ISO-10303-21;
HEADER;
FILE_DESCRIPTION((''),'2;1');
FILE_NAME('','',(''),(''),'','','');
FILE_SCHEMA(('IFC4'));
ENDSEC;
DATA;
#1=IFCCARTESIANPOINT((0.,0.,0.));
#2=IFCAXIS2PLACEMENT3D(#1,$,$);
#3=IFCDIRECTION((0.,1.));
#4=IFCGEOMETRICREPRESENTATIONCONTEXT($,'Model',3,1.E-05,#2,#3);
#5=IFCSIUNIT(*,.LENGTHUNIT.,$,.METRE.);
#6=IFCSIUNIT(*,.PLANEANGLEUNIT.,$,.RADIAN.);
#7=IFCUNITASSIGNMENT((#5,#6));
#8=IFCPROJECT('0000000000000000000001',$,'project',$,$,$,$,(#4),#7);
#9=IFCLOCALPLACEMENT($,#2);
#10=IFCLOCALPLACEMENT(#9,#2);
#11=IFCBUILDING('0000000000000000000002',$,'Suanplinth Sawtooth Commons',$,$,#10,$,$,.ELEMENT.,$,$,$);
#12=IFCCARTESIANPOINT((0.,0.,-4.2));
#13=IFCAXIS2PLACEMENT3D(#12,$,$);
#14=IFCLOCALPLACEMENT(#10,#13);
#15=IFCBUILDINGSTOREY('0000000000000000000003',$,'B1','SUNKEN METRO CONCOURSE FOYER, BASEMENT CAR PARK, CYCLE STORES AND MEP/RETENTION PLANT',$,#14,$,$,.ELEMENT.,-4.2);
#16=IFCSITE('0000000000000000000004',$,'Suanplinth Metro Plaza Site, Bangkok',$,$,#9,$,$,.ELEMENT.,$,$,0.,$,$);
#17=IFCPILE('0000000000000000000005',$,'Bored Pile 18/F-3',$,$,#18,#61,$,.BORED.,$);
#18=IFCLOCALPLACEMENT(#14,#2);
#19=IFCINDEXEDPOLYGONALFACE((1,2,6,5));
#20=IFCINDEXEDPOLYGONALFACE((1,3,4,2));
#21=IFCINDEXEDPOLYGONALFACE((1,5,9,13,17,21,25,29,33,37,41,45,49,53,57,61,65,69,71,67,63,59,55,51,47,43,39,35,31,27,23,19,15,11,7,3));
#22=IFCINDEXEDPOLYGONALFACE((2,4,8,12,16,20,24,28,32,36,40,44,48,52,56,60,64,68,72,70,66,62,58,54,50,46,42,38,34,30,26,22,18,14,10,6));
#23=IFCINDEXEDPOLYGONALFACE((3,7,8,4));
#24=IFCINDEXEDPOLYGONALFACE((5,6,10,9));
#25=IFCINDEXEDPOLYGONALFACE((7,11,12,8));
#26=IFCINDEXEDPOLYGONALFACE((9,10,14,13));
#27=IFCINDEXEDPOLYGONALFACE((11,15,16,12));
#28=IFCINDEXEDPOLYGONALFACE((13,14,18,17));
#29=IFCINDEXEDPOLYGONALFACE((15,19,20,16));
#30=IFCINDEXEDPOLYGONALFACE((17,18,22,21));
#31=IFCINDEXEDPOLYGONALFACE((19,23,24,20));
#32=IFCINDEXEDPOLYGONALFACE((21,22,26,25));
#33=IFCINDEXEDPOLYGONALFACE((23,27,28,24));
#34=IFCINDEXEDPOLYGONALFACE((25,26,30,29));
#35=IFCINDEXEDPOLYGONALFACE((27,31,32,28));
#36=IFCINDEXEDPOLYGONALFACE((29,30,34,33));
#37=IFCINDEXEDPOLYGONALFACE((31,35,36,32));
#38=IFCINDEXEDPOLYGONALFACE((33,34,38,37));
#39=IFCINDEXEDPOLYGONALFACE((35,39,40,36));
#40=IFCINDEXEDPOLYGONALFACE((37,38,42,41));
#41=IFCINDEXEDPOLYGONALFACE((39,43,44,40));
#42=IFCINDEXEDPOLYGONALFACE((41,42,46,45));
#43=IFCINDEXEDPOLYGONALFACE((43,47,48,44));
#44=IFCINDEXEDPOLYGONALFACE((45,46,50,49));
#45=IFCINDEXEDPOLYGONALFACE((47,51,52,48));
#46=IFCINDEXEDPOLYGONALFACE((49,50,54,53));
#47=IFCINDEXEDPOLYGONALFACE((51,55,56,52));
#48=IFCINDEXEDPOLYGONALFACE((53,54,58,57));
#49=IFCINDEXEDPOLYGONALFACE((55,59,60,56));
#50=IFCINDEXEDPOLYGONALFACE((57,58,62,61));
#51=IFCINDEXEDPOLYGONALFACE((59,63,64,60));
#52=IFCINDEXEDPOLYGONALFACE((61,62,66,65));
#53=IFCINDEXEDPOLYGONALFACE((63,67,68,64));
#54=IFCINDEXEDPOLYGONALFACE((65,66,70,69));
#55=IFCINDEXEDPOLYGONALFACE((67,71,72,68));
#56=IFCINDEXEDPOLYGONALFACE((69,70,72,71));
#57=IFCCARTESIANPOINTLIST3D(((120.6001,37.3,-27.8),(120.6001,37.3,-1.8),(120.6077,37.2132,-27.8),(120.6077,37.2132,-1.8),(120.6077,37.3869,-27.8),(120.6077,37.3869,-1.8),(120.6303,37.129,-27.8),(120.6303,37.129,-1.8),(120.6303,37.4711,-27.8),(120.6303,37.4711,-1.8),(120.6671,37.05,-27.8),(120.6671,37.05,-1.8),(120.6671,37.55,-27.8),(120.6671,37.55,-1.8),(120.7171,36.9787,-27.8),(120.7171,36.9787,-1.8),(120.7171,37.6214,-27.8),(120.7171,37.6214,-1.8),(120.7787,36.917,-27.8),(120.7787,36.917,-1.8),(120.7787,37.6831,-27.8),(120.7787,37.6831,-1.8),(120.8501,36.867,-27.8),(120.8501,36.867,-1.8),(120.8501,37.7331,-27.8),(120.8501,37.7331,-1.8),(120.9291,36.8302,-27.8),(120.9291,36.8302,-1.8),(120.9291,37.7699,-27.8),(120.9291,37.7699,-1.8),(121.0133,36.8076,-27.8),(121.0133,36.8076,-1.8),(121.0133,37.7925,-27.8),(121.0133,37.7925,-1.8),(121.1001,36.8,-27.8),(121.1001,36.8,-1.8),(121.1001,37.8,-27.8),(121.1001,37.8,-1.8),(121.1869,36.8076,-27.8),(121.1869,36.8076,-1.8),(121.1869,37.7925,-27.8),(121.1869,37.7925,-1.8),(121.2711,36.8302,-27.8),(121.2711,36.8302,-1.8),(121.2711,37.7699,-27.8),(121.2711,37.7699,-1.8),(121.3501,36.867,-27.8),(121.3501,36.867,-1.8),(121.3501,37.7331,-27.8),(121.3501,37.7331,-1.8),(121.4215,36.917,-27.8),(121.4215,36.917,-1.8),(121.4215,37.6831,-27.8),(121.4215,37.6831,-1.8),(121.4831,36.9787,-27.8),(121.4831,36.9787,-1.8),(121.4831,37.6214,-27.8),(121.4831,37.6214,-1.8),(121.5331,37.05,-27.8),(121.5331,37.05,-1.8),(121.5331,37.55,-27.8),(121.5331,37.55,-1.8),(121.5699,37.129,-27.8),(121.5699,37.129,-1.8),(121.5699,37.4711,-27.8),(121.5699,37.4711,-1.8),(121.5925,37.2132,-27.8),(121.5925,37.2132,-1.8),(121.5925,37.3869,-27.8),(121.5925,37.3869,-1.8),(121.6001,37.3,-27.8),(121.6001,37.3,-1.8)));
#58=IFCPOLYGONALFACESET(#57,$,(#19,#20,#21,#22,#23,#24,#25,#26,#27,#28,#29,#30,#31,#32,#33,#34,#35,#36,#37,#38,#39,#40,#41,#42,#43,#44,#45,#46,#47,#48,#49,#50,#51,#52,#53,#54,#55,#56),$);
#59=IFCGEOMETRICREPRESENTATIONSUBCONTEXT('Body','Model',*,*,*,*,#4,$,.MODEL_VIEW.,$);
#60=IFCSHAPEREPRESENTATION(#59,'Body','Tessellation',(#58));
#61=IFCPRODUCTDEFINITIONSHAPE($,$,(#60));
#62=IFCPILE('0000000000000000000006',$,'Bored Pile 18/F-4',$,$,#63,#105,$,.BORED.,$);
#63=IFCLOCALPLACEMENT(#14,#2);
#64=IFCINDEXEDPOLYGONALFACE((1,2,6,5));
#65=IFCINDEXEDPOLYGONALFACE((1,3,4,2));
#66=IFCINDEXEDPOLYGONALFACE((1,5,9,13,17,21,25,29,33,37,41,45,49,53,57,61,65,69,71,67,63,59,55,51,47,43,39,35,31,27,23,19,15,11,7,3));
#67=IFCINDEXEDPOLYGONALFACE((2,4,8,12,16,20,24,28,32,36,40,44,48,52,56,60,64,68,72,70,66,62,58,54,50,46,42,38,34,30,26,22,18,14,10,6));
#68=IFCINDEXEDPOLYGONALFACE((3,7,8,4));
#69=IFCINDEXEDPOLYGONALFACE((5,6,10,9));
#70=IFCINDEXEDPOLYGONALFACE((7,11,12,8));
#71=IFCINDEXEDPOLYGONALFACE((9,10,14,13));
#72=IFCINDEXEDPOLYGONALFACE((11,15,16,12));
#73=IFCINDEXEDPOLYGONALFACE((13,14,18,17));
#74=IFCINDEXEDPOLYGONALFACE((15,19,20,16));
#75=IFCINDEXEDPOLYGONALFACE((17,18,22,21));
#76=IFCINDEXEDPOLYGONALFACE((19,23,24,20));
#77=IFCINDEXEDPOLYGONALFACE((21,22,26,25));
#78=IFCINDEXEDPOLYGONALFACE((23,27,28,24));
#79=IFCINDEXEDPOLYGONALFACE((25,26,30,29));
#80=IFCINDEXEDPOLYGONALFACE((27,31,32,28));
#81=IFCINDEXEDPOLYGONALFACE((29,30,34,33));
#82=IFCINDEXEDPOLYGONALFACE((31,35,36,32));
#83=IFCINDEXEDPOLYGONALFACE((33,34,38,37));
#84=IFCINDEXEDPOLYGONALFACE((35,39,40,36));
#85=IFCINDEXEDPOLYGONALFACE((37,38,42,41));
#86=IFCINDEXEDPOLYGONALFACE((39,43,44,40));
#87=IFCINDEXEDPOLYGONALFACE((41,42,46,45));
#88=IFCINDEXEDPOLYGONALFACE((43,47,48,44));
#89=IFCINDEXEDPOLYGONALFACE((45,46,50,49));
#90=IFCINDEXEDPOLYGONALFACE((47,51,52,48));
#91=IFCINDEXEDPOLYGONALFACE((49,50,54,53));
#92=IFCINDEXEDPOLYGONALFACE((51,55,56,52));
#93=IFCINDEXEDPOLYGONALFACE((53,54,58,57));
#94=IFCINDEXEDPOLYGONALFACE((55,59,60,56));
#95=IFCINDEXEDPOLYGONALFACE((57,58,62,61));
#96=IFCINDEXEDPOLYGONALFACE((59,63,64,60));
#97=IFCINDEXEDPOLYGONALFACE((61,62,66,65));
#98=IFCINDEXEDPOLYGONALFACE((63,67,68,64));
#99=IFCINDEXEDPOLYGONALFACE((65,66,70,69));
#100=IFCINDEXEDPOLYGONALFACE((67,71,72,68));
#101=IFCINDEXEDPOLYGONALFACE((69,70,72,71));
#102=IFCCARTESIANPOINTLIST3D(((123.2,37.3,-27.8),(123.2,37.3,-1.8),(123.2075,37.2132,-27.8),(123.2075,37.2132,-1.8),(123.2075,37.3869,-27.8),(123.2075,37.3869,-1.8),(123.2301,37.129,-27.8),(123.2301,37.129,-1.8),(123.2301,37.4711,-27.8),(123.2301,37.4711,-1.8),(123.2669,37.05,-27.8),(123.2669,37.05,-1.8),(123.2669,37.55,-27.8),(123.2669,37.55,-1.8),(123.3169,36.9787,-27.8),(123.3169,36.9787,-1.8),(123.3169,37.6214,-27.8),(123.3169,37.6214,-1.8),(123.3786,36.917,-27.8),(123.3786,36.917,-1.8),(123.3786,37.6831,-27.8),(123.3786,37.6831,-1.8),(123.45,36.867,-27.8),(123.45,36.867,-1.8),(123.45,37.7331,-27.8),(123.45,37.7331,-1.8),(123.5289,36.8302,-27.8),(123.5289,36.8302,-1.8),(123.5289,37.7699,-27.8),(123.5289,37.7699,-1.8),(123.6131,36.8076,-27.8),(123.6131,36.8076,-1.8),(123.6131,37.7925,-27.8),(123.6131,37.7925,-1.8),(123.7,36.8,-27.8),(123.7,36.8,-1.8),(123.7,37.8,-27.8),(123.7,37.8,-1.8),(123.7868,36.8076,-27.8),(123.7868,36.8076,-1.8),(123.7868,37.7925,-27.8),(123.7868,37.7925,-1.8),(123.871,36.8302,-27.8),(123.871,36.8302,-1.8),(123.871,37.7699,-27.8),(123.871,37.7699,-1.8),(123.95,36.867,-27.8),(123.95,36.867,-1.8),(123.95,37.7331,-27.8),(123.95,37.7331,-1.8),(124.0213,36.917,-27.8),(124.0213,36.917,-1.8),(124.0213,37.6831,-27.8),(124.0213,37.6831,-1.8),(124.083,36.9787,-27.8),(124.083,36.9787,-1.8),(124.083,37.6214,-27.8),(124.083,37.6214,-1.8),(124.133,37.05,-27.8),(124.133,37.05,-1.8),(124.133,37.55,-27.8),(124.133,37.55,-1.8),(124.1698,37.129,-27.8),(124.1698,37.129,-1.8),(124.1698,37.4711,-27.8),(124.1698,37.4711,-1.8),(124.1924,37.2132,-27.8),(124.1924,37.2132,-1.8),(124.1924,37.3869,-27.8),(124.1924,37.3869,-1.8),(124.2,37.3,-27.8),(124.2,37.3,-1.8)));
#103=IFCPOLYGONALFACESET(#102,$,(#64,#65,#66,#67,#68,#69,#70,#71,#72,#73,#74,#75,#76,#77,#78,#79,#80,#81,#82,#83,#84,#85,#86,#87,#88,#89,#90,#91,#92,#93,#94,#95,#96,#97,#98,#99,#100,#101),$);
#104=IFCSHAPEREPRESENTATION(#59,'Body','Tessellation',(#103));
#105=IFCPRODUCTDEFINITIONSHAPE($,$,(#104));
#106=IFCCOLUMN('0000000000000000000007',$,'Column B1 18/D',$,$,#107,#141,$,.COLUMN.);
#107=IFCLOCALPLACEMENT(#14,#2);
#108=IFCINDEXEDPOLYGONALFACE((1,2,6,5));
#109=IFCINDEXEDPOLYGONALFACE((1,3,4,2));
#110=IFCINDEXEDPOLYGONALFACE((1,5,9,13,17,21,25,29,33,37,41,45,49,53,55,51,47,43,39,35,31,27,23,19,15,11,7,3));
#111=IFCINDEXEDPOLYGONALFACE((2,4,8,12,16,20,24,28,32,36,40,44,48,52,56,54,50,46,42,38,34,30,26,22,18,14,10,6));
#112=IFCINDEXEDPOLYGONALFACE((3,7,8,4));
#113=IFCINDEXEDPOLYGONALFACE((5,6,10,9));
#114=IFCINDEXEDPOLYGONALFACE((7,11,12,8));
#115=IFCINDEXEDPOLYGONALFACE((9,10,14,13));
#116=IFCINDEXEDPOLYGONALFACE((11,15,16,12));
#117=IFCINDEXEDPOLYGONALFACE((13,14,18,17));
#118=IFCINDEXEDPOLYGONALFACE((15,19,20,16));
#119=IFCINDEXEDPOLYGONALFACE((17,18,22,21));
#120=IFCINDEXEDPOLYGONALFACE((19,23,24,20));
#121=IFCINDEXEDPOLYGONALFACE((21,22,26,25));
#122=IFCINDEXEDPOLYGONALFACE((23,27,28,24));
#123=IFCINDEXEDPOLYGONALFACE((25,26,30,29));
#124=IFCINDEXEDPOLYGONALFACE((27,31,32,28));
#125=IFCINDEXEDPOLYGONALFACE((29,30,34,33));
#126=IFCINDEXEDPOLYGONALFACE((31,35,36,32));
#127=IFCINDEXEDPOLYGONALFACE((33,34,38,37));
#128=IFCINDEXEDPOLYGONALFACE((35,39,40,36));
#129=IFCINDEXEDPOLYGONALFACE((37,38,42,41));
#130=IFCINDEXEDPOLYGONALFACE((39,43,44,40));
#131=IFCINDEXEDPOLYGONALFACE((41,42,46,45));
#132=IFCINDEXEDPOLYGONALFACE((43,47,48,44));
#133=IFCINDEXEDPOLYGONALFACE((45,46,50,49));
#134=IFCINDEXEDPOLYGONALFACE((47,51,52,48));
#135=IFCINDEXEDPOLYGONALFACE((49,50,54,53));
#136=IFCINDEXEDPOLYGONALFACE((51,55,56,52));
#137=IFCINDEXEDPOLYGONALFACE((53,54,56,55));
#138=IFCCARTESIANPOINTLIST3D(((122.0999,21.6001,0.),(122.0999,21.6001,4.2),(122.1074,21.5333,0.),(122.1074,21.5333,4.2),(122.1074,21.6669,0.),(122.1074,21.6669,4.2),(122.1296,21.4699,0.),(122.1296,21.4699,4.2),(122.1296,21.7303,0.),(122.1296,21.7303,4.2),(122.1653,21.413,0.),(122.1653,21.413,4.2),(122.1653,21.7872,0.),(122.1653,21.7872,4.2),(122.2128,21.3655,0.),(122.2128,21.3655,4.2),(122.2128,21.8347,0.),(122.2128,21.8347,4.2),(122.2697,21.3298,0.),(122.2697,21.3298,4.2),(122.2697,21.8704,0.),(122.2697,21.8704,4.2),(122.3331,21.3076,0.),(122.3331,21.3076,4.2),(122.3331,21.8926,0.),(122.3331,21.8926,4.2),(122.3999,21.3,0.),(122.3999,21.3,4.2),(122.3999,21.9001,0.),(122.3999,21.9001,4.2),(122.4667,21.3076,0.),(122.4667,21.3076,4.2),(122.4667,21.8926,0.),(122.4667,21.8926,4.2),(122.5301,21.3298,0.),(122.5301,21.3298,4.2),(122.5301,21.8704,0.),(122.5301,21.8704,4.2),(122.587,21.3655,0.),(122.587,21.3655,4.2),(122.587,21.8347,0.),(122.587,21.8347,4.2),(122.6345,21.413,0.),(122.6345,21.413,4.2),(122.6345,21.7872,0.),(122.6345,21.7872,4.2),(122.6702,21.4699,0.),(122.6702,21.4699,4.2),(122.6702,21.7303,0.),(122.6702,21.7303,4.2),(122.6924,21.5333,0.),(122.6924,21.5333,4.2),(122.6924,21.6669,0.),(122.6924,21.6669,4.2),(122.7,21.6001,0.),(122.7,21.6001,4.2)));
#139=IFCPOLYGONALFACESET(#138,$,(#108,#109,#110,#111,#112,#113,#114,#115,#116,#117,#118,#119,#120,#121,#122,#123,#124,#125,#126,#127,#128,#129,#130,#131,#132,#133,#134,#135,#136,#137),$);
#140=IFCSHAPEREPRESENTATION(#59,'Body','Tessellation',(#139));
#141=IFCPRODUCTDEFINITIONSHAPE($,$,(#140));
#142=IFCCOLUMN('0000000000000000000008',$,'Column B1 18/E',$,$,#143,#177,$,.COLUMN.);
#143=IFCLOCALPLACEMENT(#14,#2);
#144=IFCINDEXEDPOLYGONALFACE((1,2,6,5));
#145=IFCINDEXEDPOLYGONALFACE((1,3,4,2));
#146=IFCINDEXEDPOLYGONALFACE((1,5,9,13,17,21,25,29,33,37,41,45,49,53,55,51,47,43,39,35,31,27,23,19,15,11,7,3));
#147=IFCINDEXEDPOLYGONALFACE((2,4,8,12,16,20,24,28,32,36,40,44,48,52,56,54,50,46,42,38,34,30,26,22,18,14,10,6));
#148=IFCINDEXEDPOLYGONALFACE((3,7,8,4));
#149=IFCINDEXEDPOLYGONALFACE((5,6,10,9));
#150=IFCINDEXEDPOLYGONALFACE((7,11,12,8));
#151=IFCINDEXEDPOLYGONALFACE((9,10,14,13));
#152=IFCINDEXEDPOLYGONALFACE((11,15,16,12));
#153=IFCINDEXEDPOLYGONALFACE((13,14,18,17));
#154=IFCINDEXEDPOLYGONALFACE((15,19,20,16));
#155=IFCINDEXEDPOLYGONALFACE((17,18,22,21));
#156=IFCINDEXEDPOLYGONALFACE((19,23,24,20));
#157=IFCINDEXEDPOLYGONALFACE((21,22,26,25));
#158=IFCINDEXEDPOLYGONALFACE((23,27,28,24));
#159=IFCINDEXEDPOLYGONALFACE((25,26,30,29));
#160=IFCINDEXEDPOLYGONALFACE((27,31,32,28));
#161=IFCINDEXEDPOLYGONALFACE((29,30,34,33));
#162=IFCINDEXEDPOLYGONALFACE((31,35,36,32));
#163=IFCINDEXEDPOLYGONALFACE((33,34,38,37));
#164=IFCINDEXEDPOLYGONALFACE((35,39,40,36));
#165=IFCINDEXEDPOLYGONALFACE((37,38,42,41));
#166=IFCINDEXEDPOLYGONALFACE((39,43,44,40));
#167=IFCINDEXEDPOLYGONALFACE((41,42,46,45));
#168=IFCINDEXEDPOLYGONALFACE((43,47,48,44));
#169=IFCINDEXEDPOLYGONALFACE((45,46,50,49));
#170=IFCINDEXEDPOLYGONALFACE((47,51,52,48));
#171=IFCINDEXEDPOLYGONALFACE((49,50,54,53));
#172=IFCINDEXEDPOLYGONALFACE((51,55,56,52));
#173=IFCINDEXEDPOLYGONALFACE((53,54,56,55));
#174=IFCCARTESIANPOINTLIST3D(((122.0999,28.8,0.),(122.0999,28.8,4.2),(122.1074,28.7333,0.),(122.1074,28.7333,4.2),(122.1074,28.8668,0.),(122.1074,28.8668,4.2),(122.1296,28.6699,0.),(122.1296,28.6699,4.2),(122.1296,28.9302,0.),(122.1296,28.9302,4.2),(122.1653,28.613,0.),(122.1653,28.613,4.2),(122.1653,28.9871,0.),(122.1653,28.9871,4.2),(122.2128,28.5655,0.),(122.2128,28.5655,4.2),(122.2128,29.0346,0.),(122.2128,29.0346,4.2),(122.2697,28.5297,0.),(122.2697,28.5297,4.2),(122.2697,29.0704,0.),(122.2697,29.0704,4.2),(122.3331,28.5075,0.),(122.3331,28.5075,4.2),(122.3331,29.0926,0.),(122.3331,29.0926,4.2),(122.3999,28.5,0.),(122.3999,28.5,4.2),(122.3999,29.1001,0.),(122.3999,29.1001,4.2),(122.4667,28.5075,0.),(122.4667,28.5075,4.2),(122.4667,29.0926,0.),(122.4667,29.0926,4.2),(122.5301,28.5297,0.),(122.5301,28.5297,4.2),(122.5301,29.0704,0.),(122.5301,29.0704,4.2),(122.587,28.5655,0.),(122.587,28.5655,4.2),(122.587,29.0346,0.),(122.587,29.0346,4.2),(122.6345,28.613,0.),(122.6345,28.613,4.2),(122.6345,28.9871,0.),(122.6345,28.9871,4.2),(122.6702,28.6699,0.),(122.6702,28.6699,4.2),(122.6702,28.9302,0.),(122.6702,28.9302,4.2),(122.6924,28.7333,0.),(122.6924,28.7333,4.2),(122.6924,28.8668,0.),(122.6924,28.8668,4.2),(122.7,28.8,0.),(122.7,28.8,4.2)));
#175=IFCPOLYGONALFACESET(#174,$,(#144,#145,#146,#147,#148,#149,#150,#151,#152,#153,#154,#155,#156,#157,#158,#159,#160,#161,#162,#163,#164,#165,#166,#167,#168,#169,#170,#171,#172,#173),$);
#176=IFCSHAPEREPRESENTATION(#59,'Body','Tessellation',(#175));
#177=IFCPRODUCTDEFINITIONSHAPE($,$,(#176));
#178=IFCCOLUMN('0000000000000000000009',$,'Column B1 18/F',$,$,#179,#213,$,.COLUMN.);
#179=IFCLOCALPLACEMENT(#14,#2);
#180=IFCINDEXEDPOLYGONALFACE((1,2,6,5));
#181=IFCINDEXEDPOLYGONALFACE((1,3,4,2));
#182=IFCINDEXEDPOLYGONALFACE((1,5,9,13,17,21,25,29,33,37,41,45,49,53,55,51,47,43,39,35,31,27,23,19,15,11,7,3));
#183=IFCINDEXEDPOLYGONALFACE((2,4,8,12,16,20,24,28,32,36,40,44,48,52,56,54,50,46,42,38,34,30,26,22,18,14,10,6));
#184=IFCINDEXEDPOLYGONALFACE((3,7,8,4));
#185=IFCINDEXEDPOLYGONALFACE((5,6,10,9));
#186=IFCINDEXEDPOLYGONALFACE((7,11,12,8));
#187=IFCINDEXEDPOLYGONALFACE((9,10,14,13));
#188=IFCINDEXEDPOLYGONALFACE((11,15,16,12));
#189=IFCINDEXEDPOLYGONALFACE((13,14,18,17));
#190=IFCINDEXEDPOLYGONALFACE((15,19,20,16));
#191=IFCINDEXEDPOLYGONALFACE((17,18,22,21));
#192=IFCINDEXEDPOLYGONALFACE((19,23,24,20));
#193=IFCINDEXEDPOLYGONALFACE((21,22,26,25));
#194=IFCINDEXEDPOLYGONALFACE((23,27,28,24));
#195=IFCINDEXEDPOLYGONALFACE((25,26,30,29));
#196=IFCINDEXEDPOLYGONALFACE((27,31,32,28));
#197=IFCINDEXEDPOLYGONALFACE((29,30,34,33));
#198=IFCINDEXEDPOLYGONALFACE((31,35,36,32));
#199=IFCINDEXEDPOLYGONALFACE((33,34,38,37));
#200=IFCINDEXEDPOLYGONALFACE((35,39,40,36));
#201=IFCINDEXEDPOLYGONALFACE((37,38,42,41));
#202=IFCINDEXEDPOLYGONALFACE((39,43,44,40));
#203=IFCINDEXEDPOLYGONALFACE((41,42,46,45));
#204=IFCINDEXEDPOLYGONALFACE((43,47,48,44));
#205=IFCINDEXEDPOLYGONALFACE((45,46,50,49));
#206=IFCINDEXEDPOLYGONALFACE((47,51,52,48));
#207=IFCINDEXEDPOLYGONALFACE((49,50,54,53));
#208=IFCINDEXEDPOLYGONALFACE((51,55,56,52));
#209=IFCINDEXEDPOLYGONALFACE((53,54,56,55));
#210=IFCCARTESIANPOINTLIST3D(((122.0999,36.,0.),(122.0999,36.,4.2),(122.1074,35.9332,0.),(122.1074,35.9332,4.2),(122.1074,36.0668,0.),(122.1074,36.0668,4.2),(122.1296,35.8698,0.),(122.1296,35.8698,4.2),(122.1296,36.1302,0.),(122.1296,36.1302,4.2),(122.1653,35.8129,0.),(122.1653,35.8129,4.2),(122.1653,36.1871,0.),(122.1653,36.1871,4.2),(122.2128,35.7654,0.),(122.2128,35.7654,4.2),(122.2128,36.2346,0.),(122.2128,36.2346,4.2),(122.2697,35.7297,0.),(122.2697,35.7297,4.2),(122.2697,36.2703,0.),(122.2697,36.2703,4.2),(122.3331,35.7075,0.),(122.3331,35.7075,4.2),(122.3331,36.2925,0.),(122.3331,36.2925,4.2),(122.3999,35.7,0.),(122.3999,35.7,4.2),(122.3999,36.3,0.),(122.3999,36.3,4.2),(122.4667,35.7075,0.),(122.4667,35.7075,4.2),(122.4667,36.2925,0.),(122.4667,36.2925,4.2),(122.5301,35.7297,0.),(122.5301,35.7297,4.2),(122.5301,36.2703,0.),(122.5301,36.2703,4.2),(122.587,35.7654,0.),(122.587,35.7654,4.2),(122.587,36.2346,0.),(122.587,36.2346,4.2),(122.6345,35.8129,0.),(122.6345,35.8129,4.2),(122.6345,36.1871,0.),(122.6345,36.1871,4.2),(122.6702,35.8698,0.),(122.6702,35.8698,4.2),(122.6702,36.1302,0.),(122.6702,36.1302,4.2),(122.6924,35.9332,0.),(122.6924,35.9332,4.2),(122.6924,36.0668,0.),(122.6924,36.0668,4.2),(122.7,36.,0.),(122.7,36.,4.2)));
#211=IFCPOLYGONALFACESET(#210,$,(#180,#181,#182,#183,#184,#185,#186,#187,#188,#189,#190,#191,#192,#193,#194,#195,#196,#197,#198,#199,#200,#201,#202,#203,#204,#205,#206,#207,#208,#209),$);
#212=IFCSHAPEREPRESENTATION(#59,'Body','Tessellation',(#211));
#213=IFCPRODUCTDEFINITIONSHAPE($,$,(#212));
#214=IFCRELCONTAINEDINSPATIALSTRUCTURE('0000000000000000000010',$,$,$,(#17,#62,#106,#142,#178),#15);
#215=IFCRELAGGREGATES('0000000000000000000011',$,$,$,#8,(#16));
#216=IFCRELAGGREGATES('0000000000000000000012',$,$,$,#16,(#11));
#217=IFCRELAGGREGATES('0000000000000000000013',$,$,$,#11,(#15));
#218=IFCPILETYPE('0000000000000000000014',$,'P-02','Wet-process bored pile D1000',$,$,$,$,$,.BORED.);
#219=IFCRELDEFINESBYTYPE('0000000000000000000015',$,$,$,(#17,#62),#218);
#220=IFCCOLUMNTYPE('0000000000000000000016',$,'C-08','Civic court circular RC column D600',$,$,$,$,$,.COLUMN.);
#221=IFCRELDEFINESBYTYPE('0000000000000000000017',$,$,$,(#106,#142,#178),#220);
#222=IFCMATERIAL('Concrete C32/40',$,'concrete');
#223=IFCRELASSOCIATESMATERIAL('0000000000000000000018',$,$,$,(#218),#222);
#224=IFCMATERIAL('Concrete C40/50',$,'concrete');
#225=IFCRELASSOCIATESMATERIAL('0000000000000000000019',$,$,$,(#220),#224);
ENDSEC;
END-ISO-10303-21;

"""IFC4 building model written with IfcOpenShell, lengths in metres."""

from ifc_helpers import new_model, si_unit, direction, frame, origin, origin_2d, place, context, subcontext, project, spatial, circle, extrude, material, material_profile, profile_set, type_object, element, save


model = new_model("IFC4")

# Units and contexts
model_context = context("Model", 3, precision=1e-05, world=origin(), true_north=direction((0.0, 1.0)))
body_context = subcontext(model_context, "Body", "Model", "MODEL_VIEW")
ifc_project = project(units=[si_unit("LENGTHUNIT", "METRE"), si_unit("PLANEANGLEUNIT", "RADIAN")], contexts=[model_context])

# Site, building, storey
site_placement = place(None, origin())
site = spatial("IfcSite", under=ifc_project, at=site_placement, Name="Suanplinth Metro Plaza Site, Bangkok", CompositionType="ELEMENT", RefElevation=0.0)
building_placement = place(site_placement, origin())
building = spatial("IfcBuilding", under=site, at=building_placement, Name="Suanplinth Sawtooth Commons", CompositionType="ELEMENT")
storey_placement = place(building_placement, frame((0.0, 0.0, -4.2)))
storey = spatial("IfcBuildingStorey", under=building, at=storey_placement, Name="B1", Description="SUNKEN METRO CONCOURSE FOYER, BASEMENT CAR PARK, CYCLE STORES AND MEP/RETENTION PLANT", CompositionType="ELEMENT", Elevation=-4.2)

# Piles
ifc_material_1 = material(Name="Concrete C32/40", Category="concrete")
ifc_material_profile_1 = material_profile(ifc_material_1, circle(Radius=0.5, at=origin_2d()), Name="PILE D1000")
ifc_profile_set_1 = profile_set([ifc_material_profile_1], Name="Concrete C32/40")
pile_type = type_object("IfcPileType", Name="P-02", Description="Wet-process bored pile D1000", PredefinedType="BORED", material=ifc_profile_set_1)
for number, where, z_axis, x_axis, name in (
    (1, (121.1001, 37.3, -1.8), (0.0, 0.0, -1.0), (1.0, 0.0, 0.0), "Bored Pile 18/F-3"),
    (2, (123.7, 37.3, -1.8), (0.0, 0.0, -1.0), (1.0, 0.0, 0.0), "Bored Pile 18/F-4"),
):
    element("IfcPile", number, at=place(storey_placement, frame(where, z_axis=z_axis, x_axis=x_axis)), inside=storey, type_object=pile_type, Name=name, PredefinedType="BORED", context=body_context, shape_type="SweptSolid", body=[
        extrude(circle(Radius=0.5, at=origin_2d()), origin(), (0.0, 0.0, 1.0), 26.0),
    ])

# Columns
ifc_material_2 = material(Name="Concrete C40/50", Category="concrete")
ifc_material_profile_2 = material_profile(ifc_material_2, circle(Radius=0.3, at=origin_2d()), Name="RC-CIRC D600")
ifc_profile_set_2 = profile_set([ifc_material_profile_2], Name="Concrete C40/50")
column_type = type_object("IfcColumnType", Name="C-08", Description="Civic court circular RC column D600", PredefinedType="COLUMN", material=ifc_profile_set_2)
for number, where, z_axis, x_axis, name in (
    (3, (122.3999, 21.6001, 0.0), (0.0, 0.0, 1.0), (1.0, 0.0, 0.0), "Column B1 18/D"),
    (4, (122.3999, 28.8, 0.0), (0.0, 0.0, 1.0), (1.0, 0.0, 0.0), "Column B1 18/E"),
    (5, (122.3999, 36.0, 0.0), (0.0, 0.0, 1.0), (1.0, 0.0, 0.0), "Column B1 18/F"),
):
    element("IfcColumn", number, at=place(storey_placement, frame(where, z_axis=z_axis, x_axis=x_axis)), inside=storey, type_object=column_type, Name=name, PredefinedType="COLUMN", context=body_context, shape_type="SweptSolid", body=[
        extrude(circle(Radius=0.3, at=origin_2d()), origin(), (0.0, 0.0, 1.0), 4.2),
    ])

save(model, "model.ifc")
